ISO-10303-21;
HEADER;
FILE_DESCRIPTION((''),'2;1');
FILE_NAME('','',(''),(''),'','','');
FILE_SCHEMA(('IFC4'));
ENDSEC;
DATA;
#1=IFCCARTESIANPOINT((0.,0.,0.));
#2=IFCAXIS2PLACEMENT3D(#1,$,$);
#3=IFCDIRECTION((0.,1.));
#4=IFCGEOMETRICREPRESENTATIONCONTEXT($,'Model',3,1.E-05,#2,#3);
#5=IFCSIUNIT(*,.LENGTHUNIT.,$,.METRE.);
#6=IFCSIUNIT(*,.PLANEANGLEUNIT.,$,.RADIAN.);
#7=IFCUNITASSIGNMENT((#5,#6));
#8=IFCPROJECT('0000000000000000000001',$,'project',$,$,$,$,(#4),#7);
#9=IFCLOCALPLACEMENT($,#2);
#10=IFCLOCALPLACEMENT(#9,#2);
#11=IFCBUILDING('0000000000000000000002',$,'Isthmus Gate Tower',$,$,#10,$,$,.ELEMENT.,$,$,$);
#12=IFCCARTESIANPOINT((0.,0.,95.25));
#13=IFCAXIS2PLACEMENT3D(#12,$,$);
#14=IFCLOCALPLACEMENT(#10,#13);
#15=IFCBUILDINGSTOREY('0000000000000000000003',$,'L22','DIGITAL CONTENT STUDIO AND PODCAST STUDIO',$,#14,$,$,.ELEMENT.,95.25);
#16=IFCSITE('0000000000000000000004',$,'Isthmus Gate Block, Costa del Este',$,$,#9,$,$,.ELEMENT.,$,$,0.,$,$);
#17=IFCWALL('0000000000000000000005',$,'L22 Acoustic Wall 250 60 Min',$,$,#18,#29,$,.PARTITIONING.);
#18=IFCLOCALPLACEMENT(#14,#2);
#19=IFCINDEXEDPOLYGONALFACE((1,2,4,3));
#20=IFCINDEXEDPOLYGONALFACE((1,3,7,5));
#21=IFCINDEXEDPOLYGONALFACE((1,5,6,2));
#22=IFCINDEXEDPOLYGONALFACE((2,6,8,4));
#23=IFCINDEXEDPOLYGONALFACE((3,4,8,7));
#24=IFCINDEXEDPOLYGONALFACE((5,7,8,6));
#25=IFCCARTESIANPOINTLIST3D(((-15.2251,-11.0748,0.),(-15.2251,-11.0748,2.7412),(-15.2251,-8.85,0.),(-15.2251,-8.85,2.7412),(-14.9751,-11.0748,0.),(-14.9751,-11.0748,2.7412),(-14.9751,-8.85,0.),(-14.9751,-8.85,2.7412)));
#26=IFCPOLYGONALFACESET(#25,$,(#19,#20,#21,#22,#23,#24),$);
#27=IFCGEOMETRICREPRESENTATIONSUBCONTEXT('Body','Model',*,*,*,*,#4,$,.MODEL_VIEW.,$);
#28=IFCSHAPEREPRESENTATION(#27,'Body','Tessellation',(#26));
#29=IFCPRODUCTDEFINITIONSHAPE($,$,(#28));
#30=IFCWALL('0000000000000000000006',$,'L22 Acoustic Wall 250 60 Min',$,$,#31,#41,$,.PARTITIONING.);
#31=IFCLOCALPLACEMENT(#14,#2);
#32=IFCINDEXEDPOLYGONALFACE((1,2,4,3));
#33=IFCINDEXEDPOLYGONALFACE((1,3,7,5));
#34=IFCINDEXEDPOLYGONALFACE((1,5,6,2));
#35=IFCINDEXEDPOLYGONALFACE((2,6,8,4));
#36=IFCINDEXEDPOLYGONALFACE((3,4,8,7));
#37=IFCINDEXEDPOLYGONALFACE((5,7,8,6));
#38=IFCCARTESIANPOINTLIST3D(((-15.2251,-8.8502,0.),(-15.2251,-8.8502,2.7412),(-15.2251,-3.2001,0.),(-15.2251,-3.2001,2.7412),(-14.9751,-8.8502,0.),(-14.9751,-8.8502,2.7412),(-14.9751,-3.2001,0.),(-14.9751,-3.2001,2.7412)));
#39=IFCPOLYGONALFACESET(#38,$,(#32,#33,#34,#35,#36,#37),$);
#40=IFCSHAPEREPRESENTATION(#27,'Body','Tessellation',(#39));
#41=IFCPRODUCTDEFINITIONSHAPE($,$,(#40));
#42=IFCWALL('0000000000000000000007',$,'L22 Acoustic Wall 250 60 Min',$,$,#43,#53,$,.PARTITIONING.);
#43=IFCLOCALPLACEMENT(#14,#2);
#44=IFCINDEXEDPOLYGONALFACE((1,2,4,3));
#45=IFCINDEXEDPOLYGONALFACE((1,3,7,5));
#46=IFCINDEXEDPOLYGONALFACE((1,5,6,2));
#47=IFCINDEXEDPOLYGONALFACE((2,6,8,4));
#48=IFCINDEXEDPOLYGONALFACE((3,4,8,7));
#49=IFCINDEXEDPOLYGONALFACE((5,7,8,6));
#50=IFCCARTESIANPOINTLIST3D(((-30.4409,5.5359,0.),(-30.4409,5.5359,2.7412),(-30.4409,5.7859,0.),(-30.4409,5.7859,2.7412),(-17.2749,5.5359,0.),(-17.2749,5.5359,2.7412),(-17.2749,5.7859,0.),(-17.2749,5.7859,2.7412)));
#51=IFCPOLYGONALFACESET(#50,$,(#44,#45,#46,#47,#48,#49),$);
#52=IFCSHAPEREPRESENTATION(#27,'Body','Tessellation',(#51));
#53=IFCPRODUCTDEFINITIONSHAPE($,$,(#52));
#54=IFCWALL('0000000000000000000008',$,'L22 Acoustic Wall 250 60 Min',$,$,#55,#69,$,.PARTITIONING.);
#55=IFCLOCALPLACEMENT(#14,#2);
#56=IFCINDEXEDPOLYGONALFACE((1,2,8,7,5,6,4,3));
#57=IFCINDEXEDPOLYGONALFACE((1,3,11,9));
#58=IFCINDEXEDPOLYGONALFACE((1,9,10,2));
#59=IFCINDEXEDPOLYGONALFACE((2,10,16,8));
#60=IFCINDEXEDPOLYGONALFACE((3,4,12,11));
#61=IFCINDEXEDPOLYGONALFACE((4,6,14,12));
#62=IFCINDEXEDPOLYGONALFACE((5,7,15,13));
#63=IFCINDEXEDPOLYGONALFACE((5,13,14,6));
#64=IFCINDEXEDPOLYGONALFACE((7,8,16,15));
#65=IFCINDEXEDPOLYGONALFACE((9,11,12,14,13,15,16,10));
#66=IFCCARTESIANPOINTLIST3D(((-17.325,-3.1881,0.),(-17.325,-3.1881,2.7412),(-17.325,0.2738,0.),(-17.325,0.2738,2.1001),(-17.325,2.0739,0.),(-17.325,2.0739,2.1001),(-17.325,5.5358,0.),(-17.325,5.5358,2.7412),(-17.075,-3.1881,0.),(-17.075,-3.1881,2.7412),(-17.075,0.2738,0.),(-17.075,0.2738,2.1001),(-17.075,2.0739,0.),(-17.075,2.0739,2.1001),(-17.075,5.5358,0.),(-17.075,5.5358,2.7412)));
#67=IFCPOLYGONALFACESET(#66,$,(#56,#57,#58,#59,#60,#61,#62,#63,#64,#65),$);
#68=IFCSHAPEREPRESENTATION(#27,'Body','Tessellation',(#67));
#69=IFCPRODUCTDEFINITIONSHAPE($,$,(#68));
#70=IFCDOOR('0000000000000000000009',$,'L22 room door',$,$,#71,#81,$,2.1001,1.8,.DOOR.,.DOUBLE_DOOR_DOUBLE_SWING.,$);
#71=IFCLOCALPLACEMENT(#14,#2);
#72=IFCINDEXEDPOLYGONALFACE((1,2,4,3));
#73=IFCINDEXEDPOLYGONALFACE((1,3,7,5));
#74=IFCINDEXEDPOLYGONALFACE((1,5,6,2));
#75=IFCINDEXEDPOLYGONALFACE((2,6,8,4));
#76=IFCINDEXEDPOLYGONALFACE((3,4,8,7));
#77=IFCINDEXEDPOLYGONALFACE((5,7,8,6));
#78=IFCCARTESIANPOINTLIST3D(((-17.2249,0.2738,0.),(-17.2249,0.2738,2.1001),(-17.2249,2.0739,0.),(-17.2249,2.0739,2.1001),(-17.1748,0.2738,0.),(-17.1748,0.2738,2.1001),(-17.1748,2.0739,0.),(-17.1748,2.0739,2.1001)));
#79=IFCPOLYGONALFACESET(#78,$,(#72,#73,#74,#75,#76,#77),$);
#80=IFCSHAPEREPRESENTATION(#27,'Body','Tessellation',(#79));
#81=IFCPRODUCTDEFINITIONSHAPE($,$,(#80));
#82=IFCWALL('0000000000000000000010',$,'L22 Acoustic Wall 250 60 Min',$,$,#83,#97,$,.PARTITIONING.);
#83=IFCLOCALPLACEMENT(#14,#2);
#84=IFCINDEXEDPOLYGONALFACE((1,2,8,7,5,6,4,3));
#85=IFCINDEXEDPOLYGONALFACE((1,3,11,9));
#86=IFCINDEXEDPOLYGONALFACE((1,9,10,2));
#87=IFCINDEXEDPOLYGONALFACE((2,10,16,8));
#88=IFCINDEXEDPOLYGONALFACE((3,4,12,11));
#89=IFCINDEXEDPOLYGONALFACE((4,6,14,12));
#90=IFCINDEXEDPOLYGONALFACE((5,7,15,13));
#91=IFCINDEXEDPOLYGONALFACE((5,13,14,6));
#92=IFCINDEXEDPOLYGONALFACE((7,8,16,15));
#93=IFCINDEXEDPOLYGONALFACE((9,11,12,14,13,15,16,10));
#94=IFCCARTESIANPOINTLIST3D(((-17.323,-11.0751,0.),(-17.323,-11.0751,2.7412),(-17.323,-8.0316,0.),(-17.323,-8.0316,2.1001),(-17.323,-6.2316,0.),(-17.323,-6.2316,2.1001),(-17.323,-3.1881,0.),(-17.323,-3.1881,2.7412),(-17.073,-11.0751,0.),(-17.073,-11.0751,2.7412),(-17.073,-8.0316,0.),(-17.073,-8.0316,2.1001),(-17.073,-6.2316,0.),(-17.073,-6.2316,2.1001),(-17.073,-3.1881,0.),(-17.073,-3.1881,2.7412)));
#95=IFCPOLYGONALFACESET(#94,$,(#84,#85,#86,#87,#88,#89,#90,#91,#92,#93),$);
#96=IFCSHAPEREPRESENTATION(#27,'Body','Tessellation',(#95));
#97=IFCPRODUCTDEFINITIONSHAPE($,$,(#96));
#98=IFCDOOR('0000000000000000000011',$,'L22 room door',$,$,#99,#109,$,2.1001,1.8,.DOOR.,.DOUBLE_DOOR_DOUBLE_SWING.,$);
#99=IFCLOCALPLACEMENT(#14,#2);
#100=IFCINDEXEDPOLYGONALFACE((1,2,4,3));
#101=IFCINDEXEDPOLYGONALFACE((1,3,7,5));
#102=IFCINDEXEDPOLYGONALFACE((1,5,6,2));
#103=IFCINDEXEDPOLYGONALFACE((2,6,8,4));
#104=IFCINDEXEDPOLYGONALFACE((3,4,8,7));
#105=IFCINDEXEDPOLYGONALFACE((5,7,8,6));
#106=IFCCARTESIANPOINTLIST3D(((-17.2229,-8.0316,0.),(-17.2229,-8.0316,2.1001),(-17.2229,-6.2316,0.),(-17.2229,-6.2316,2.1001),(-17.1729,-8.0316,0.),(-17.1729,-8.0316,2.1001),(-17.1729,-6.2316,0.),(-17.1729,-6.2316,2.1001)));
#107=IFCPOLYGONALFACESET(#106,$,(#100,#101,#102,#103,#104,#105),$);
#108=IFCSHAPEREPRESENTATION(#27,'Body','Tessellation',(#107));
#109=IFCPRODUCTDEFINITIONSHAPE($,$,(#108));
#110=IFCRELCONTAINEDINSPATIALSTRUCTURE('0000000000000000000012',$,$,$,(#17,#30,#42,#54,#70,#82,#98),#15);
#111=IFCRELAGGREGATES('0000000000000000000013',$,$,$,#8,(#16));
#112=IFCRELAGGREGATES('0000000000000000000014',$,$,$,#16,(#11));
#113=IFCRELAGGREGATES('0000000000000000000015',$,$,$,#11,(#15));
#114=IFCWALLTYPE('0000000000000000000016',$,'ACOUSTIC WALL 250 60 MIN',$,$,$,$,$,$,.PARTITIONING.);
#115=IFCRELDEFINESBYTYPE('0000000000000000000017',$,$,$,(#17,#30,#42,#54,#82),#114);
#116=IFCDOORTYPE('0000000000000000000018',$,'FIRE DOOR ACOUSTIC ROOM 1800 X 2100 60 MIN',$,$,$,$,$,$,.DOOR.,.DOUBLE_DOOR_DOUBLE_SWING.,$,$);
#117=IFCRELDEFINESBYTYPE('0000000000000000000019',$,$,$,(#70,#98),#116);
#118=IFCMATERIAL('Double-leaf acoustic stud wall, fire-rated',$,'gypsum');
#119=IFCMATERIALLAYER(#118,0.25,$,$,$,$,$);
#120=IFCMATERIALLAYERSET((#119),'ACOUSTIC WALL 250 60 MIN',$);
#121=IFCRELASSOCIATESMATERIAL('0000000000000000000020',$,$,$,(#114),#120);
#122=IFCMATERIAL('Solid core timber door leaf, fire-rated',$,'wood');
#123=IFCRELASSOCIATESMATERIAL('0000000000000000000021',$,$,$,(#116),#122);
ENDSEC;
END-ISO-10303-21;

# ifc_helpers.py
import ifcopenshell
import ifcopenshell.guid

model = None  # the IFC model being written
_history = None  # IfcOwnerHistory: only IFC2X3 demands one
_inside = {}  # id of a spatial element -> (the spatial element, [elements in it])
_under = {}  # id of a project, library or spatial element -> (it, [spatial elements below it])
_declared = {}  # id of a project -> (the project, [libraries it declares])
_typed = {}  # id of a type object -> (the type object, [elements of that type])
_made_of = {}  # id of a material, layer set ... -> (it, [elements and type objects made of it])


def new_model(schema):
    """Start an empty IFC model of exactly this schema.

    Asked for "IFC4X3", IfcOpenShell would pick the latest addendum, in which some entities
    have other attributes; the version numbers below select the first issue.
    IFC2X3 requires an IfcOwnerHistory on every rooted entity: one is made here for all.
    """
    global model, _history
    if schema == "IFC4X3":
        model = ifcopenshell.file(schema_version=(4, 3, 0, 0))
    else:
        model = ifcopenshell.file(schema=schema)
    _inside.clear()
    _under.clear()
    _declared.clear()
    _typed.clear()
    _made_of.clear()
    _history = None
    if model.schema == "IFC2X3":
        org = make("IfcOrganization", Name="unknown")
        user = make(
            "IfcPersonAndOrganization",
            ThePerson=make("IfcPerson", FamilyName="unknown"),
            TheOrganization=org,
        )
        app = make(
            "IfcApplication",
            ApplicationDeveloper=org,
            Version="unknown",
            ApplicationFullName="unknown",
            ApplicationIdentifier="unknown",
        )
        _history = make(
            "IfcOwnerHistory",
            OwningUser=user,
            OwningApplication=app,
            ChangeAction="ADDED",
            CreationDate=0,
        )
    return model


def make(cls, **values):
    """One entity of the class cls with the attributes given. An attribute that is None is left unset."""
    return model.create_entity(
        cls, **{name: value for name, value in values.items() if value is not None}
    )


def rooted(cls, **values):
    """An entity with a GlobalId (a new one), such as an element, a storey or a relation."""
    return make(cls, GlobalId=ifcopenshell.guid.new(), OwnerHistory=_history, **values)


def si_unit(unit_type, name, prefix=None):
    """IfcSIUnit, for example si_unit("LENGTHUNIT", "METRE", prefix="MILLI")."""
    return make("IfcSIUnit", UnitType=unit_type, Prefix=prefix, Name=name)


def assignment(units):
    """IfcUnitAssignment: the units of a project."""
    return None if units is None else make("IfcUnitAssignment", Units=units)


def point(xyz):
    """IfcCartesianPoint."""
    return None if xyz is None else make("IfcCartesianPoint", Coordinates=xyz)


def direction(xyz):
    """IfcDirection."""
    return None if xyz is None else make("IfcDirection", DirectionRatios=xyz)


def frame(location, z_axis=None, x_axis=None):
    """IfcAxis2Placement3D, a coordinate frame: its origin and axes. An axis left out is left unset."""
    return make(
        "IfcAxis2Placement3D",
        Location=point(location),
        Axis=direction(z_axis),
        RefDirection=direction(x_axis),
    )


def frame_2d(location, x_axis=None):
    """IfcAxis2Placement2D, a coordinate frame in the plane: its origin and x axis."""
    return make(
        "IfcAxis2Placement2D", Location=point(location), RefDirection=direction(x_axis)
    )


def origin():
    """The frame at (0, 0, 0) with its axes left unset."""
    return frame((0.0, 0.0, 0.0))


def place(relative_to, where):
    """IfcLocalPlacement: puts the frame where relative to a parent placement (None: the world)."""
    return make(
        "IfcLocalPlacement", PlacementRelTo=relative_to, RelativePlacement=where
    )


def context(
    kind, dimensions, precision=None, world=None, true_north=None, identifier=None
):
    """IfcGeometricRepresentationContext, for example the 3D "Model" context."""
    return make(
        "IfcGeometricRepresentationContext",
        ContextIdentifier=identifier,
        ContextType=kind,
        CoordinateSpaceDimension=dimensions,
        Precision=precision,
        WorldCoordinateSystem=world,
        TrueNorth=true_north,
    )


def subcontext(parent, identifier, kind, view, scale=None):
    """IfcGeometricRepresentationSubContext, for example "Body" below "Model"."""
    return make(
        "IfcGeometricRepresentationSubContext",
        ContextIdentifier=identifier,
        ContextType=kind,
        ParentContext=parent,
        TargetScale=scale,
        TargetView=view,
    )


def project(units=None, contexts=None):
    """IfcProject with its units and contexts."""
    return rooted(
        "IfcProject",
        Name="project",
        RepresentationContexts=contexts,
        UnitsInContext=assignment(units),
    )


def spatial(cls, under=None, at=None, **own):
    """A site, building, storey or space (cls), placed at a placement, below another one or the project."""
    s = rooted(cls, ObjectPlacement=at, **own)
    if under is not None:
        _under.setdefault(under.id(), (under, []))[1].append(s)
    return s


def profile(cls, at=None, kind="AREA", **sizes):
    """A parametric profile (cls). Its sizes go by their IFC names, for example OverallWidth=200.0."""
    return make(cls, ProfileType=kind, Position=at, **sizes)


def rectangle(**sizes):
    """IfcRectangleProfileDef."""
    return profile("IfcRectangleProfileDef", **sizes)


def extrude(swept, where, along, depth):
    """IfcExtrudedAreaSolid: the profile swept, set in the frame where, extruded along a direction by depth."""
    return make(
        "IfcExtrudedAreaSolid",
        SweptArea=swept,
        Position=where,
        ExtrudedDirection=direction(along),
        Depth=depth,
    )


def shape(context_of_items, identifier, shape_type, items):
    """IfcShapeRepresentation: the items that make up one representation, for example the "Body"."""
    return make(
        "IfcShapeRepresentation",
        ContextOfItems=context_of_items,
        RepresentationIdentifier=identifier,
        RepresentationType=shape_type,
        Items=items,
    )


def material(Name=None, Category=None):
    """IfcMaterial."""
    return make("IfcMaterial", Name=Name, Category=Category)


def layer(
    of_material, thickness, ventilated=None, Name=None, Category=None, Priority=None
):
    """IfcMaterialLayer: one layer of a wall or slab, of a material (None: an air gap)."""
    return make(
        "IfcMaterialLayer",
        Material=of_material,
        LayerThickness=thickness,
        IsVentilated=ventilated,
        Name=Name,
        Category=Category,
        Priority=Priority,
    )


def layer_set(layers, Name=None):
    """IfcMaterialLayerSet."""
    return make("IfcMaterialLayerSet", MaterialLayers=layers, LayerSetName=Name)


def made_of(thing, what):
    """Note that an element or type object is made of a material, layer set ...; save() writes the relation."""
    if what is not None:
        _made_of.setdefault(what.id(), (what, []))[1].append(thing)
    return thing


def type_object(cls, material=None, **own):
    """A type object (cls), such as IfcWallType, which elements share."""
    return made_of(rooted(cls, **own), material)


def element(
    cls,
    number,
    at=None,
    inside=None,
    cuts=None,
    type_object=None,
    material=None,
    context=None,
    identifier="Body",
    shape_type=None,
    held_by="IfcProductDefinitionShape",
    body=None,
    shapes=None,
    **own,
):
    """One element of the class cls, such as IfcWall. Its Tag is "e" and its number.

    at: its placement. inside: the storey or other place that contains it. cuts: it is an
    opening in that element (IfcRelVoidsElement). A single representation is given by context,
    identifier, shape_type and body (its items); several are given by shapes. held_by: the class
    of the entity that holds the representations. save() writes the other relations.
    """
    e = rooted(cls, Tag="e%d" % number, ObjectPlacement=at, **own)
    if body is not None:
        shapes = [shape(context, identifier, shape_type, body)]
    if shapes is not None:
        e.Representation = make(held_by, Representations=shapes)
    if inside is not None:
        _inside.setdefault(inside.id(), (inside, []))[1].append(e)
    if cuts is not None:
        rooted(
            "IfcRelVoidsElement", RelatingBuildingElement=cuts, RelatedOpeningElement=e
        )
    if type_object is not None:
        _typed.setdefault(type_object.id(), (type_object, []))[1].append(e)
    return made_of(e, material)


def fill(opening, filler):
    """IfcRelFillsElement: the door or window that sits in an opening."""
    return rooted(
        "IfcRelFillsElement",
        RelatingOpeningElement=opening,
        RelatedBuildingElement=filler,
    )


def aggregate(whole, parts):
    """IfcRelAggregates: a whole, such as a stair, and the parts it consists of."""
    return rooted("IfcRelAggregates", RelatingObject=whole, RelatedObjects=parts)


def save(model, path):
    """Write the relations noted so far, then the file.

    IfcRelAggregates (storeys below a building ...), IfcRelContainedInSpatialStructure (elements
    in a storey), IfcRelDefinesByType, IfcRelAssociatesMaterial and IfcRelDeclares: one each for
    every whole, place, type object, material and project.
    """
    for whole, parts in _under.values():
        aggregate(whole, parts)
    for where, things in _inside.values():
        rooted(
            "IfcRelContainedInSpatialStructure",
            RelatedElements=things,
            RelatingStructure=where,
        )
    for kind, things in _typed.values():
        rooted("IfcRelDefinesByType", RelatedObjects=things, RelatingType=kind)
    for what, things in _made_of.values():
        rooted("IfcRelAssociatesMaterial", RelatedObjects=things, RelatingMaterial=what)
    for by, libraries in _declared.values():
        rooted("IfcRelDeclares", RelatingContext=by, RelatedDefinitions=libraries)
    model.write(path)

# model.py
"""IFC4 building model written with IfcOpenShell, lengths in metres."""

from ifc_helpers import new_model, si_unit, direction, frame, frame_2d, origin, place, context, subcontext, project, spatial, rectangle, extrude, material, layer, layer_set, type_object, element, fill, save


model = new_model("IFC4")

# Units and contexts
model_context = context("Model", 3, precision=1e-05, world=origin(), true_north=direction((0.0, 1.0)))
body_context = subcontext(model_context, "Body", "Model", "MODEL_VIEW")
ifc_project = project(units=[si_unit("LENGTHUNIT", "METRE"), si_unit("PLANEANGLEUNIT", "RADIAN")], contexts=[model_context])

# Site, building, storey
site_placement = place(None, origin())
site = spatial("IfcSite", under=ifc_project, at=site_placement, Name="Isthmus Gate Block, Costa del Este", CompositionType="ELEMENT", RefElevation=0.0)
building_placement = place(site_placement, origin())
building = spatial("IfcBuilding", under=site, at=building_placement, Name="Isthmus Gate Tower", CompositionType="ELEMENT")
storey_placement = place(building_placement, frame((0.0, 0.0, 95.25)))
storey = spatial("IfcBuildingStorey", under=building, at=storey_placement, Name="L22", Description="DIGITAL CONTENT STUDIO AND PODCAST STUDIO", CompositionType="ELEMENT", Elevation=95.25)

# Walls
ifc_material_1 = material(Name="Double-leaf acoustic stud wall, fire-rated", Category="gypsum")
ifc_layer_1 = layer(ifc_material_1, 0.25)
ifc_layer_set_1 = layer_set([ifc_layer_1], Name="ACOUSTIC WALL 250 60 MIN")
wall_type = type_object("IfcWallType", Name="ACOUSTIC WALL 250 60 MIN", PredefinedType="PARTITIONING", material=ifc_layer_set_1)
wall_1_placement = place(storey_placement, frame((-15.1001, -8.8501, 0.0), z_axis=(0.0, 0.0, 1.0), x_axis=(0.0, -1.0, 0.0)))
element("IfcWall", 1, at=wall_1_placement, inside=storey, type_object=wall_type, Name="L22 Acoustic Wall 250 60 Min", PredefinedType="PARTITIONING", context=body_context, shape_type="SweptSolid", body=[
    extrude(rectangle(XDim=2.2249, YDim=0.25, at=frame_2d((1.1123, 0.0))), origin(), (0.0, 0.0, 1.0), 2.7412),
])
wall_2_placement = place(storey_placement, frame((-15.1001, -3.2, 0.0), z_axis=(0.0, 0.0, 1.0), x_axis=(0.0, -1.0, 0.0)))
element("IfcWall", 2, at=wall_2_placement, inside=storey, type_object=wall_type, Name="L22 Acoustic Wall 250 60 Min", PredefinedType="PARTITIONING", context=body_context, shape_type="SweptSolid", body=[
    extrude(rectangle(XDim=5.6501, YDim=0.25, at=frame_2d((2.8252, 0.0))), origin(), (0.0, 0.0, 1.0), 2.7412),
])
wall_3_placement = place(storey_placement, frame((-30.4409, 5.6609, 0.0), z_axis=(0.0, 0.0, 1.0), x_axis=(1.0, 0.0, 0.0)))
element("IfcWall", 3, at=wall_3_placement, inside=storey, type_object=wall_type, Name="L22 Acoustic Wall 250 60 Min", PredefinedType="PARTITIONING", context=body_context, shape_type="SweptSolid", body=[
    extrude(rectangle(XDim=13.166, YDim=0.25, at=frame_2d((6.583, 0.0))), origin(), (0.0, 0.0, 1.0), 2.7412),
])

# Walls, openings, doors
wall_4_placement = place(storey_placement, frame((-17.2, -3.188, 0.0), z_axis=(0.0, 0.0, 1.0), x_axis=(0.0, 1.0, 0.0)))
wall_4 = element("IfcWall", 4, at=wall_4_placement, inside=storey, type_object=wall_type, Name="L22 Acoustic Wall 250 60 Min", PredefinedType="PARTITIONING", context=body_context, shape_type="SweptSolid", body=[
    extrude(rectangle(XDim=8.7239, YDim=0.25, at=frame_2d((4.3618, 0.0))), origin(), (0.0, 0.0, 1.0), 2.7412),
])
opening_1_placement = place(wall_4_placement, frame((3.4619, 0.0, 0.0)))
opening_1 = element("IfcOpeningElement", 5, at=opening_1_placement, cuts=wall_4, PredefinedType="OPENING", context=body_context, shape_type="SweptSolid", body=[
    extrude(rectangle(XDim=1.8, YDim=2.1001, at=frame_2d((0.8999, 1.05))), frame((0.0, 0.135, 0.0), z_axis=(0.0, -1.0, 0.0), x_axis=(1.0, 0.0, 0.0)), (0.0, 0.0, 1.0), 0.27),
])
ifc_material_2 = material(Name="Solid core timber door leaf, fire-rated", Category="wood")
door_type = type_object("IfcDoorType", Name="FIRE DOOR ACOUSTIC ROOM 1800 X 2100 60 MIN", OperationType="DOUBLE_DOOR_DOUBLE_SWING", PredefinedType="DOOR", material=ifc_material_2)
door_1_placement = place(opening_1_placement, origin())
door_1 = element("IfcDoor", 6, at=door_1_placement, inside=storey, type_object=door_type, Name="L22 room door", OperationType="DOUBLE_DOOR_DOUBLE_SWING", OverallHeight=2.1001, OverallWidth=1.8, PredefinedType="DOOR", context=body_context, shape_type="SweptSolid", body=[
    extrude(rectangle(XDim=1.8, YDim=2.1001, at=frame_2d((0.8999, 1.05))), frame((0.0, 0.0249, 0.0), z_axis=(0.0, -1.0, 0.0), x_axis=(1.0, 0.0, 0.0)), (0.0, 0.0, 1.0), 0.05),
])
fill(opening_1, door_1)
wall_5_placement = place(storey_placement, frame((-17.198, -11.075, 0.0), z_axis=(0.0, 0.0, 1.0), x_axis=(0.0, 1.0, 0.0)))
wall_5 = element("IfcWall", 7, at=wall_5_placement, inside=storey, type_object=wall_type, Name="L22 Acoustic Wall 250 60 Min", PredefinedType="PARTITIONING", context=body_context, shape_type="SweptSolid", body=[
    extrude(rectangle(XDim=7.887, YDim=0.25, at=frame_2d((3.9434, 0.0))), origin(), (0.0, 0.0, 1.0), 2.7412),
])
opening_2_placement = place(wall_5_placement, frame((3.0435, 0.0, 0.0)))
opening_2 = element("IfcOpeningElement", 8, at=opening_2_placement, cuts=wall_5, PredefinedType="OPENING", context=body_context, shape_type="SweptSolid", body=[
    extrude(rectangle(XDim=1.8, YDim=2.1001, at=frame_2d((0.8999, 1.05))), frame((0.0, 0.135, 0.0), z_axis=(0.0, -1.0, 0.0), x_axis=(1.0, 0.0, 0.0)), (0.0, 0.0, 1.0), 0.27),
])
door_2_placement = place(opening_2_placement, origin())
door_2 = element("IfcDoor", 9, at=door_2_placement, inside=storey, type_object=door_type, Name="L22 room door", OperationType="DOUBLE_DOOR_DOUBLE_SWING", OverallHeight=2.1001, OverallWidth=1.8, PredefinedType="DOOR", context=body_context, shape_type="SweptSolid", body=[
    extrude(rectangle(XDim=1.8, YDim=2.1001, at=frame_2d((0.8999, 1.05))), frame((0.0, 0.0249, 0.0), z_axis=(0.0, -1.0, 0.0), x_axis=(1.0, 0.0, 0.0)), (0.0, 0.0, 1.0), 0.05),
])
fill(opening_2, door_2)

save(model, "model.ifc")
